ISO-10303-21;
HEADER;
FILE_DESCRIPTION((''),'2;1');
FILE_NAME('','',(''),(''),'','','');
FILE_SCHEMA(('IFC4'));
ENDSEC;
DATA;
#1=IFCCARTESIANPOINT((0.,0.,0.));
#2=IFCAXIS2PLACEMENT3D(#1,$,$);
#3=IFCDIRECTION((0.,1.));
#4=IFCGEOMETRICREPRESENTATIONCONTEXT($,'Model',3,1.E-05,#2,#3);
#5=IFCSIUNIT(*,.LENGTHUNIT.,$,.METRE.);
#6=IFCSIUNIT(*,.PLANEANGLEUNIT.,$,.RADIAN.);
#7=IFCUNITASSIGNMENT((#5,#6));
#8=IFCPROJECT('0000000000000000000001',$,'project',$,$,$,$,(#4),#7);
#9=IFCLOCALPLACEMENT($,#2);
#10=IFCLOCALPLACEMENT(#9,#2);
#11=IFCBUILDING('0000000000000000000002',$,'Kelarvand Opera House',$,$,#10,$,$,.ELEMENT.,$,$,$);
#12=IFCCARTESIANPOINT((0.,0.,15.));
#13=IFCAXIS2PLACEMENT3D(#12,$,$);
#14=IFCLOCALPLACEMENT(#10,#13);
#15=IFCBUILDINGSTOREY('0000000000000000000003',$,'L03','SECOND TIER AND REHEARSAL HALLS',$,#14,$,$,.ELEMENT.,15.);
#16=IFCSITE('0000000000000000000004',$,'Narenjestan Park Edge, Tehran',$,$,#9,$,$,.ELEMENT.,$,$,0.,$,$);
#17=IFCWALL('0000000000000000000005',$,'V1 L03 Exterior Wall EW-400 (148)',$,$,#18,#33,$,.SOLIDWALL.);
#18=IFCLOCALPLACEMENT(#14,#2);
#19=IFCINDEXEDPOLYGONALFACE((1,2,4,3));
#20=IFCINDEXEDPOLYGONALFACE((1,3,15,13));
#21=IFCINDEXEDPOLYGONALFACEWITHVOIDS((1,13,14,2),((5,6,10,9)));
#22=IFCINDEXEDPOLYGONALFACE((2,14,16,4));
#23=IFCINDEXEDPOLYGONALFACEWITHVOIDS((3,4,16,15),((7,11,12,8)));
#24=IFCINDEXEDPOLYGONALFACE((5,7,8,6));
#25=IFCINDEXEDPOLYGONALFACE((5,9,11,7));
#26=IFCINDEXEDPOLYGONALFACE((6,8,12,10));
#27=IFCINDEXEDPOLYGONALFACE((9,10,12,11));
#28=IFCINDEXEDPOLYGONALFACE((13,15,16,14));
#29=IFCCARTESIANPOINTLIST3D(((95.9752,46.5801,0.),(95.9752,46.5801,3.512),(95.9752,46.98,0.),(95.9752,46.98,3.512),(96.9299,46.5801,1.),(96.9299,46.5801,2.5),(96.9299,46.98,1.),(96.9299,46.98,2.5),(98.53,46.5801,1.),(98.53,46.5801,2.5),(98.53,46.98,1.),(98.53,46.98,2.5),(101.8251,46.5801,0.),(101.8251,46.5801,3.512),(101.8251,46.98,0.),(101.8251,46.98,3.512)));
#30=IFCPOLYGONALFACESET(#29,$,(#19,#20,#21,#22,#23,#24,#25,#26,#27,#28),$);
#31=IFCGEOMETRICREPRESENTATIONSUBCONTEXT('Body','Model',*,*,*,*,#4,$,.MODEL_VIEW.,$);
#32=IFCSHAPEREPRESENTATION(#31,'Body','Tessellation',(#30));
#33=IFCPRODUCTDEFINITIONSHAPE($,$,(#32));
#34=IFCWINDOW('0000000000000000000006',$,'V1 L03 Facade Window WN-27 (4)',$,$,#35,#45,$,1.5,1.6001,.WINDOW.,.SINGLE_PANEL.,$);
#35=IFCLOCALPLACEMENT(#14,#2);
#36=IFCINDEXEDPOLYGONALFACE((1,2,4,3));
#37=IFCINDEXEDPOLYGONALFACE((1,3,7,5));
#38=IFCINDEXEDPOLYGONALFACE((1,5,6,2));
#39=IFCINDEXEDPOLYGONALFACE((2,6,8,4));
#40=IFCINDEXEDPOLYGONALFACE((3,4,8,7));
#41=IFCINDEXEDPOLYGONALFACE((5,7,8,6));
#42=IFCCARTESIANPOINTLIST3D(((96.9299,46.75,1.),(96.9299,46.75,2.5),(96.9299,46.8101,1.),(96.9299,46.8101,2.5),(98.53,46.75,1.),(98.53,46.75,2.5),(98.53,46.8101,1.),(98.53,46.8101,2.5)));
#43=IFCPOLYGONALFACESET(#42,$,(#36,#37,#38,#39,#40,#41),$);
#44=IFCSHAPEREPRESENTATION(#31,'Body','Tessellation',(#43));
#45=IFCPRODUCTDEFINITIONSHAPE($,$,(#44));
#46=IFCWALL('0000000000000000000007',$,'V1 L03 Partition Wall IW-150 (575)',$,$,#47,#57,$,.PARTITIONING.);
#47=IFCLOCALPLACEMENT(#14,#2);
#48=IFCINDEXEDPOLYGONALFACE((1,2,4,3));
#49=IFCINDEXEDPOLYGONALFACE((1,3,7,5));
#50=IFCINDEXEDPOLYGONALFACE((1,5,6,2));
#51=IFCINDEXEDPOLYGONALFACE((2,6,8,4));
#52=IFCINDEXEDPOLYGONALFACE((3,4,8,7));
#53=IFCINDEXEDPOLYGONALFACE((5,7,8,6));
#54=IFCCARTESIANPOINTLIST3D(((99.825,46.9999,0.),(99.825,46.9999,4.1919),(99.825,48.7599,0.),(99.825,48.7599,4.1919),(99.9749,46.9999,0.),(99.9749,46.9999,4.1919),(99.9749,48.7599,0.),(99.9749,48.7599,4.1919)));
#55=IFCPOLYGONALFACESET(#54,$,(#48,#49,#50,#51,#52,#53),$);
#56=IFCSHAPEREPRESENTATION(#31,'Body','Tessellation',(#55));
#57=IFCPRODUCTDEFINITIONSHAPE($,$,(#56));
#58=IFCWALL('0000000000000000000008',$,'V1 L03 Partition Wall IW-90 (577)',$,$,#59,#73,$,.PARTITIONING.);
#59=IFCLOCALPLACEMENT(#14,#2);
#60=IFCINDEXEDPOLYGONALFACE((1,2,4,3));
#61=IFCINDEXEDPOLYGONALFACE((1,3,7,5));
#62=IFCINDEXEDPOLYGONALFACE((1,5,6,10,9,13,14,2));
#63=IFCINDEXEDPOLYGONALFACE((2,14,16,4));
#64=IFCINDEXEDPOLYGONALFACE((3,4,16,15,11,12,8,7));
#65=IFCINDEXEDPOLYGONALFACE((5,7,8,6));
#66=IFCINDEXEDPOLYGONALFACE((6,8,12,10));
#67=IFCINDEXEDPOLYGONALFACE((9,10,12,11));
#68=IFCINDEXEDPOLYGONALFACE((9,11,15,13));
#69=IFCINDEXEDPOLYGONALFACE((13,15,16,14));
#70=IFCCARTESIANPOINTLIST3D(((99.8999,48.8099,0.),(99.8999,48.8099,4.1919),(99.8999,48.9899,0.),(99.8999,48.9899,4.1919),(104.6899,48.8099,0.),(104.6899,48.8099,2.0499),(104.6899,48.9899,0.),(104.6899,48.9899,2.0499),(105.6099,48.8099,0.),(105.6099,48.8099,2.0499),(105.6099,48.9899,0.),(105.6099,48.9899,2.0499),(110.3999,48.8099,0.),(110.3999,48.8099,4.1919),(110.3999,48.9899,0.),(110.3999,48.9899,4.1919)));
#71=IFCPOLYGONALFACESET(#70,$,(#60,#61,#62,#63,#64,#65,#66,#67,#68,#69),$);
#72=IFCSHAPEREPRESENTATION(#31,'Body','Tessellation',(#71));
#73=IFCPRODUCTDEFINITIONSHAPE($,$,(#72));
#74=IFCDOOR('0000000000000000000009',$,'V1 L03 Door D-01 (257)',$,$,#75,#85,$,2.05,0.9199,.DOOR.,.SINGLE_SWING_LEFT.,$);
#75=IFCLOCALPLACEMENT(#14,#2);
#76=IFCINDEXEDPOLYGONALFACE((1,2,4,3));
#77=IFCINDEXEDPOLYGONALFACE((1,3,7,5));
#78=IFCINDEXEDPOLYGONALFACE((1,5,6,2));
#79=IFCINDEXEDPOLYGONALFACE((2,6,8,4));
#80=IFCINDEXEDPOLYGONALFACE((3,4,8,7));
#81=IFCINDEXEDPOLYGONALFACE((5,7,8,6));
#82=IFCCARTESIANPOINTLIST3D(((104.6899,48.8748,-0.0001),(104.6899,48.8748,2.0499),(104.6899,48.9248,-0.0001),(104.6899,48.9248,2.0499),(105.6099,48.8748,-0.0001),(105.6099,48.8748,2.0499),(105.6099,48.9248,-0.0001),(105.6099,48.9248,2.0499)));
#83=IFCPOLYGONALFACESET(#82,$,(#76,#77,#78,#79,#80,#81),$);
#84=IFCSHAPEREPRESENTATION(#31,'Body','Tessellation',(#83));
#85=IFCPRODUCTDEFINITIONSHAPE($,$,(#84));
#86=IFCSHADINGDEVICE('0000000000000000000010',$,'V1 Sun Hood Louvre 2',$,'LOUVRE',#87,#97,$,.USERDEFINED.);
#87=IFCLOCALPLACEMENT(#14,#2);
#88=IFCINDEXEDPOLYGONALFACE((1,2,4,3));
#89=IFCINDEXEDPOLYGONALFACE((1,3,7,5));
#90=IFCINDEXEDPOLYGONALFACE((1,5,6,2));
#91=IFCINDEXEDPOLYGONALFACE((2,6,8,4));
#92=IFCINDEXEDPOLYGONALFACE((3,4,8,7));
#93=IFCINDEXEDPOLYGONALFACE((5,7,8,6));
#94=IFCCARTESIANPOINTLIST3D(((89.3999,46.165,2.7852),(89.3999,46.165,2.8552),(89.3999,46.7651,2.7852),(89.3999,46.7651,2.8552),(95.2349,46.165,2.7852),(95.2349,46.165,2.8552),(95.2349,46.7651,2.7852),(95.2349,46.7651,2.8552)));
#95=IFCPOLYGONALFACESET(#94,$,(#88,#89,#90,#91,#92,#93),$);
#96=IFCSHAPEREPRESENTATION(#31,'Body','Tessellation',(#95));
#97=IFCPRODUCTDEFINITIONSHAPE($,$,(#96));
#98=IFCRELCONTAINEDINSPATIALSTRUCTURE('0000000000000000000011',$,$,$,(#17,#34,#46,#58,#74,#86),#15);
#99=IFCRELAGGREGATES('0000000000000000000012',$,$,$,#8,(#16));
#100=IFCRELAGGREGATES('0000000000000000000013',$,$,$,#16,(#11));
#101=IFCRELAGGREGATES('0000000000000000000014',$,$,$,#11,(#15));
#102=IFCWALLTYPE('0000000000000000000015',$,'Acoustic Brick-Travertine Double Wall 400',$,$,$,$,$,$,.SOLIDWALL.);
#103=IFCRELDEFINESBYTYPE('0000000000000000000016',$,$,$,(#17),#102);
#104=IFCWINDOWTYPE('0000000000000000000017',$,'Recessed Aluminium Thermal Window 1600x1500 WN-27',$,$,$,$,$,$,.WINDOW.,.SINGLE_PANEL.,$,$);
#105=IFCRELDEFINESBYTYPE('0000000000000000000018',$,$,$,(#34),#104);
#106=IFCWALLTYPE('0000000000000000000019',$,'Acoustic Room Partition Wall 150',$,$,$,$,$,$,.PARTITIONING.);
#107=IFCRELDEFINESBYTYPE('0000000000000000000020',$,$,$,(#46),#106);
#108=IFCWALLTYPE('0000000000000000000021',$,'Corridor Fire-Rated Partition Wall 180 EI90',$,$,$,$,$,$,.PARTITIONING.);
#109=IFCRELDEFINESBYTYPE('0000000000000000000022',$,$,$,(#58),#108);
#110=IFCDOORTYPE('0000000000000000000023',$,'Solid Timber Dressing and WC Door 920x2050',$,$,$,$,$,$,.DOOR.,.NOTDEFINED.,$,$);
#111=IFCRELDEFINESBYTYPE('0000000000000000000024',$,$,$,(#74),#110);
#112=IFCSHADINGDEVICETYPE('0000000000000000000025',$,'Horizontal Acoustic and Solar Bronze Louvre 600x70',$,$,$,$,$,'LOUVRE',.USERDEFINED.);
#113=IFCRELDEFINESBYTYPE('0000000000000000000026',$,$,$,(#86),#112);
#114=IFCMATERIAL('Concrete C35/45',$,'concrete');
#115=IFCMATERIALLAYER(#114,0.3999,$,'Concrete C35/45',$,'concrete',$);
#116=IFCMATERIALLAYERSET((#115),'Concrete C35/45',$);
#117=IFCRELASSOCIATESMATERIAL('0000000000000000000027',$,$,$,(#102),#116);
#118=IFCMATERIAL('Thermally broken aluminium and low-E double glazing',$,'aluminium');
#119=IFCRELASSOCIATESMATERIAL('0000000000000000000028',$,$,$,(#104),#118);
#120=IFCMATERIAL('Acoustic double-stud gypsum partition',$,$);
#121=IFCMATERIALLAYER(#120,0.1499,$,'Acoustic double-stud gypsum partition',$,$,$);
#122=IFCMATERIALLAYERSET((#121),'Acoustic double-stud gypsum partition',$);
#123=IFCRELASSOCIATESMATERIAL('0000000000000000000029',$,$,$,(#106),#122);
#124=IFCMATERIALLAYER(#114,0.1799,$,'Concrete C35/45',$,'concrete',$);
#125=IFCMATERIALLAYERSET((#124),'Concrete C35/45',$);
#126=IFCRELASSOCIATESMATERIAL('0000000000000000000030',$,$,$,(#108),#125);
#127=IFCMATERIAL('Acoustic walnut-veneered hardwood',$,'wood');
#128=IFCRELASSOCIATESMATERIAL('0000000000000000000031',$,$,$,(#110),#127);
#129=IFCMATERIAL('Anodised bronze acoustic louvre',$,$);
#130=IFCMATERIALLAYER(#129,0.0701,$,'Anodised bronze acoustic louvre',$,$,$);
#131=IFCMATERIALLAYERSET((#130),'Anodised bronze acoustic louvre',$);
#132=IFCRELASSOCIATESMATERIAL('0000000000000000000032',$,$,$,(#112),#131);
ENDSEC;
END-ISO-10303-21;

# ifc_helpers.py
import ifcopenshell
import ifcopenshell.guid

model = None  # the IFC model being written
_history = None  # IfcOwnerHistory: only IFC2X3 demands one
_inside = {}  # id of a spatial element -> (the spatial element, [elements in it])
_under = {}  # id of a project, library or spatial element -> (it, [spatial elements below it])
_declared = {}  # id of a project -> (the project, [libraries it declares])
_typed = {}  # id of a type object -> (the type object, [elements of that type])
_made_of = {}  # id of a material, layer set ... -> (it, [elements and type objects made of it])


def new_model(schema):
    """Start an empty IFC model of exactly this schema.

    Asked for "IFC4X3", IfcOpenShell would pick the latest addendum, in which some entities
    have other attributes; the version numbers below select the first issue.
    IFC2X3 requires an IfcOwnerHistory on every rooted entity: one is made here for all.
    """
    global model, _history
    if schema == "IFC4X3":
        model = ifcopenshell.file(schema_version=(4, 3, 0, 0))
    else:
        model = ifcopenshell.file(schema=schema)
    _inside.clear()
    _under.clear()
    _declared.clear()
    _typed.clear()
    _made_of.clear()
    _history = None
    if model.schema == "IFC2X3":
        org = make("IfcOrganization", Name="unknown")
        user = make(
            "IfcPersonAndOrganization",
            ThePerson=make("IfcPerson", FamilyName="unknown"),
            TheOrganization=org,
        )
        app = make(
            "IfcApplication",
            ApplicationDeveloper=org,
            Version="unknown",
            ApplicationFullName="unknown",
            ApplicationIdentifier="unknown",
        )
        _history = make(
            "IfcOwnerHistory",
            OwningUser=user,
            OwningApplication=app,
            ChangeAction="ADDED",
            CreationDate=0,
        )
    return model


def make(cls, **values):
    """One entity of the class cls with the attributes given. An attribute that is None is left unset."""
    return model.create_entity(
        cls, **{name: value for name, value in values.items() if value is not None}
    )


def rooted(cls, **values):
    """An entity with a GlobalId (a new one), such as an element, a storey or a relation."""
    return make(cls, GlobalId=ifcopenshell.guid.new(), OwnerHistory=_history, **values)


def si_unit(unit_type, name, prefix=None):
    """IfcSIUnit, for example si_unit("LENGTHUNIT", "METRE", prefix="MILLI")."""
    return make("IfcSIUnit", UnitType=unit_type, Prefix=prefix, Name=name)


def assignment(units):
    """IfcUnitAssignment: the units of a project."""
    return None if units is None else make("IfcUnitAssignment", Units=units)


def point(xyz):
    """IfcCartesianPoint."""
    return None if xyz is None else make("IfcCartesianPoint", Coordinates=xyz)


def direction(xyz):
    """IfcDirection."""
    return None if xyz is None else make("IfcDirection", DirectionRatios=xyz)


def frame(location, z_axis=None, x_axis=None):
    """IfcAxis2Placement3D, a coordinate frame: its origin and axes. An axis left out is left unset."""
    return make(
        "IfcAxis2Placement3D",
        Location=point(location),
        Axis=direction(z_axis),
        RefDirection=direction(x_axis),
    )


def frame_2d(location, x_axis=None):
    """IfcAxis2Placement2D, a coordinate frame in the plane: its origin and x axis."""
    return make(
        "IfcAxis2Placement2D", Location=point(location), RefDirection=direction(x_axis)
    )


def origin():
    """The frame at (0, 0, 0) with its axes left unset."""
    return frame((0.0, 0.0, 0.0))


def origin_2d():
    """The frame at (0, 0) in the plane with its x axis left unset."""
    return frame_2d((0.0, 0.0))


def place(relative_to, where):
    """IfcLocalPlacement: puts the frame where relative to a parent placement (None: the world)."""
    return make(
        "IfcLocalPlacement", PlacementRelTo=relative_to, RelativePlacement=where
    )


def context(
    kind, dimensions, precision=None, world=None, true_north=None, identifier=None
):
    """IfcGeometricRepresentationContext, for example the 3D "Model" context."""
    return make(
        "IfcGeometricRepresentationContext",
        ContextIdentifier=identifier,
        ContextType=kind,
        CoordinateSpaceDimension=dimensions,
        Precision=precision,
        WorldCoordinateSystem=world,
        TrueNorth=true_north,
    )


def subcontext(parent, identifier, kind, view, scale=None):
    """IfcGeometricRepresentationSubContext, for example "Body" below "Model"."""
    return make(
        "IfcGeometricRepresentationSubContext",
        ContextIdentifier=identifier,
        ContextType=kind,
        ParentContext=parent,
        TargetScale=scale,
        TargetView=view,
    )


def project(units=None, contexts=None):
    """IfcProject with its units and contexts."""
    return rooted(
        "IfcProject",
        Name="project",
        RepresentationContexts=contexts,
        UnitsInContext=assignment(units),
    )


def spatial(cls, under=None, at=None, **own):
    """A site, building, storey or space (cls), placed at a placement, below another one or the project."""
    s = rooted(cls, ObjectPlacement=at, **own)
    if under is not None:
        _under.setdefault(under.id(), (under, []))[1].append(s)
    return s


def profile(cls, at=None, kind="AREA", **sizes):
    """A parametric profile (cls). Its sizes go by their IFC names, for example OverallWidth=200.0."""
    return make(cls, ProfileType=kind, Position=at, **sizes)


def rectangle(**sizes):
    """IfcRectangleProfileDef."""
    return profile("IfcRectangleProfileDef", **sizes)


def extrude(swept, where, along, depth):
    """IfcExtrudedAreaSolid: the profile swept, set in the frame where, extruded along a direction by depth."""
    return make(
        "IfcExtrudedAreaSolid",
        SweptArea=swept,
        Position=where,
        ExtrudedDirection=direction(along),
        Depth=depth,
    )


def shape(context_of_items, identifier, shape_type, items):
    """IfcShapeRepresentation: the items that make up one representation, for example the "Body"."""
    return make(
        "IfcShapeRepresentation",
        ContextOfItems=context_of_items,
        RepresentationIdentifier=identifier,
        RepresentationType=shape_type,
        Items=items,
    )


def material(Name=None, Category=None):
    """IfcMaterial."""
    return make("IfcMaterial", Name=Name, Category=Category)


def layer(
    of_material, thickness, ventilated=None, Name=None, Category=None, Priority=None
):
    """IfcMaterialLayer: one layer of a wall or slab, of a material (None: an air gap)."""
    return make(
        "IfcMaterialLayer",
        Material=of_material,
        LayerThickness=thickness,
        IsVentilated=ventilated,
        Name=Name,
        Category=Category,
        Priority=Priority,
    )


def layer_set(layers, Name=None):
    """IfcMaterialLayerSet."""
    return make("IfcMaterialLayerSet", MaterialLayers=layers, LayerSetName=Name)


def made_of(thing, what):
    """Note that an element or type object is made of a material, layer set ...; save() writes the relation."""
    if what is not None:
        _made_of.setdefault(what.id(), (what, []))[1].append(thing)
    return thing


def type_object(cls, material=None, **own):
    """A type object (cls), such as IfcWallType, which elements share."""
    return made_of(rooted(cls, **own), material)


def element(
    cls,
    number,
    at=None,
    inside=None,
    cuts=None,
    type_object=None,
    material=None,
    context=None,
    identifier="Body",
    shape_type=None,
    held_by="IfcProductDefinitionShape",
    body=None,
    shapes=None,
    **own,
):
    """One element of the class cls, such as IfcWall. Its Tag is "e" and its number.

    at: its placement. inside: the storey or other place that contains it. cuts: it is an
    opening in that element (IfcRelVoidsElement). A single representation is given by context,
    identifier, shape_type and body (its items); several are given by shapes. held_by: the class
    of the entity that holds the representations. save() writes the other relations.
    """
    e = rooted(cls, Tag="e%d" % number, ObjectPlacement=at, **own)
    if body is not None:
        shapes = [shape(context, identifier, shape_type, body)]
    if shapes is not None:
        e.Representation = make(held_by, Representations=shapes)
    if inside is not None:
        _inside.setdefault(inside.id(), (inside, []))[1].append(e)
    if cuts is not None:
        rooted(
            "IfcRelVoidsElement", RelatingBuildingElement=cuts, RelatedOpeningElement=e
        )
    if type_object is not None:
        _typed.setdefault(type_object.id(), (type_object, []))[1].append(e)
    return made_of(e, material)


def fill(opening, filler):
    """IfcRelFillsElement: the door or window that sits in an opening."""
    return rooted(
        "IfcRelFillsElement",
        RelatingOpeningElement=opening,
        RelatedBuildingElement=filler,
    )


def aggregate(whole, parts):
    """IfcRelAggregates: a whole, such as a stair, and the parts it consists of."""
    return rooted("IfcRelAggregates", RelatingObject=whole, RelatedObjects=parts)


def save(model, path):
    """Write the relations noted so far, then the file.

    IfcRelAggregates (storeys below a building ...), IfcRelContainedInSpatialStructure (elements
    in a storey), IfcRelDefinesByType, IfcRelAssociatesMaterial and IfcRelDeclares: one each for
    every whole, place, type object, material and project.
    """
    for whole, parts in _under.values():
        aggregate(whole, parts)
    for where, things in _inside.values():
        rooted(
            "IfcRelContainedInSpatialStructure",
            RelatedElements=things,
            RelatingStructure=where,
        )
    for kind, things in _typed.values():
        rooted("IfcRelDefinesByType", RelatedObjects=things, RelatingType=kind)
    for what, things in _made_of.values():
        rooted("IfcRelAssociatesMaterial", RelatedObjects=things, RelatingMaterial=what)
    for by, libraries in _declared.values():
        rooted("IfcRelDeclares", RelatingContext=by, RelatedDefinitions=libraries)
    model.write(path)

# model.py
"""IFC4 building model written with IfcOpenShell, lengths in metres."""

from ifc_helpers import new_model, si_unit, direction, frame, frame_2d, origin, origin_2d, place, context, subcontext, project, spatial, rectangle, extrude, material, layer, layer_set, type_object, element, fill, save


model = new_model("IFC4")

# Units and contexts
model_context = context("Model", 3, precision=1e-05, world=origin(), true_north=direction((0.0, 1.0)))
body_context = subcontext(model_context, "Body", "Model", "MODEL_VIEW")
ifc_project = project(units=[si_unit("LENGTHUNIT", "METRE"), si_unit("PLANEANGLEUNIT", "RADIAN")], contexts=[model_context])

# Site, building, storey
site_placement = place(None, origin())
site = spatial("IfcSite", under=ifc_project, at=site_placement, Name="Narenjestan Park Edge, Tehran", CompositionType="ELEMENT", RefElevation=0.0)
building_placement = place(site_placement, origin())
building = spatial("IfcBuilding", under=site, at=building_placement, Name="Kelarvand Opera House", CompositionType="ELEMENT")
storey_placement = place(building_placement, frame((0.0, 0.0, 15.0)))
storey = spatial("IfcBuildingStorey", under=building, at=storey_placement, Name="L03", Description="SECOND TIER AND REHEARSAL HALLS", CompositionType="ELEMENT", Elevation=15.0)

# Wall, opening, window
ifc_material_1 = material(Name="Concrete C35/45", Category="concrete")
ifc_layer_1 = layer(ifc_material_1, 0.3999, Name="Concrete C35/45", Category="concrete")
ifc_layer_set_1 = layer_set([ifc_layer_1], Name="Concrete C35/45")
wall_type_1 = type_object("IfcWallType", Name="Acoustic Brick-Travertine Double Wall 400", PredefinedType="SOLIDWALL", material=ifc_layer_set_1)
wall_1_placement = place(storey_placement, frame((101.825, 46.78, 0.0), z_axis=(0.0, 0.0, 1.0), x_axis=(-1.0, 0.0, 0.0)))
wall_1 = element("IfcWall", 1, at=wall_1_placement, inside=storey, type_object=wall_type_1, Name="V1 L03 Exterior Wall EW-400 (148)", PredefinedType="SOLIDWALL", context=body_context, shape_type="SweptSolid", body=[
    extrude(rectangle(XDim=5.8499, YDim=0.3999, at=frame_2d((2.9248, 0.0))), origin(), (0.0, 0.0, 1.0), 3.512),
])
opening_1_placement = place(wall_1_placement, frame((3.2949, 0.0, 1.0)))
opening_1 = element("IfcOpeningElement", 2, at=opening_1_placement, cuts=wall_1, PredefinedType="OPENING", context=body_context, shape_type="SweptSolid", body=[
    extrude(rectangle(XDim=1.6001, YDim=1.5, at=frame_2d((0.8, 0.75))), frame((0.0, 0.21, 0.0), z_axis=(0.0, -1.0, 0.0), x_axis=(1.0, 0.0, 0.0)), (0.0, 0.0, 1.0), 0.4199),
])
ifc_material_2 = material(Name="Thermally broken aluminium and low-E double glazing", Category="aluminium")
window_type = type_object("IfcWindowType", Name="Recessed Aluminium Thermal Window 1600x1500 WN-27", PartitioningType="SINGLE_PANEL", PredefinedType="WINDOW", material=ifc_material_2)
window_placement = place(opening_1_placement, origin())
window = element("IfcWindow", 3, at=window_placement, inside=storey, type_object=window_type, Name="V1 L03 Facade Window WN-27 (4)", OverallHeight=1.5, OverallWidth=1.6001, PartitioningType="SINGLE_PANEL", PredefinedType="WINDOW", context=body_context, shape_type="SweptSolid", body=[
    extrude(rectangle(XDim=1.6001, YDim=1.5, at=frame_2d((0.8, 0.75))), frame((0.0, 0.03, 0.0), z_axis=(0.0, -1.0, 0.0), x_axis=(1.0, 0.0, 0.0)), (0.0, 0.0, 1.0), 0.0601),
])
fill(opening_1, window)

# Wall
ifc_material_3 = material(Name="Acoustic double-stud gypsum partition")
ifc_layer_2 = layer(ifc_material_3, 0.1499, Name="Acoustic double-stud gypsum partition")
ifc_layer_set_2 = layer_set([ifc_layer_2], Name="Acoustic double-stud gypsum partition")
wall_type_2 = type_object("IfcWallType", Name="Acoustic Room Partition Wall 150", PredefinedType="PARTITIONING", material=ifc_layer_set_2)
wall_2_placement = place(storey_placement, frame((99.8999, 47.0, 0.0), z_axis=(0.0, 0.0, 1.0), x_axis=(0.0, 1.0, 0.0)))
element("IfcWall", 4, at=wall_2_placement, inside=storey, type_object=wall_type_2, Name="V1 L03 Partition Wall IW-150 (575)", PredefinedType="PARTITIONING", context=body_context, shape_type="SweptSolid", body=[
    extrude(rectangle(XDim=1.76, YDim=0.1499, at=frame_2d((0.8799, 0.0))), origin(), (0.0, 0.0, 1.0), 4.1919),
])

# Wall, opening, door
ifc_layer_3 = layer(ifc_material_1, 0.1799, Name="Concrete C35/45", Category="concrete")
ifc_layer_set_3 = layer_set([ifc_layer_3], Name="Concrete C35/45")
wall_type_3 = type_object("IfcWallType", Name="Corridor Fire-Rated Partition Wall 180 EI90", PredefinedType="PARTITIONING", material=ifc_layer_set_3)
wall_3_placement = place(storey_placement, frame((99.8999, 48.8999, 0.0), z_axis=(0.0, 0.0, 1.0), x_axis=(1.0, 0.0, 0.0)))
wall_3 = element("IfcWall", 5, at=wall_3_placement, inside=storey, type_object=wall_type_3, Name="V1 L03 Partition Wall IW-90 (577)", PredefinedType="PARTITIONING", context=body_context, shape_type="SweptSolid", body=[
    extrude(rectangle(XDim=10.5, YDim=0.1799, at=frame_2d((5.25, 0.0))), origin(), (0.0, 0.0, 1.0), 4.1919),
])
opening_2_placement = place(wall_3_placement, frame((4.79, 0.0, 0.0)))
opening_2 = element("IfcOpeningElement", 6, at=opening_2_placement, cuts=wall_3, PredefinedType="OPENING", context=body_context, shape_type="SweptSolid", body=[
    extrude(rectangle(XDim=0.9199, YDim=2.05, at=frame_2d((0.46, 1.0249))), frame((0.0, 0.1001, 0.0), z_axis=(0.0, -1.0, 0.0), x_axis=(1.0, 0.0, 0.0)), (0.0, 0.0, 1.0), 0.2),
])
ifc_material_4 = material(Name="Acoustic walnut-veneered hardwood", Category="wood")
door_type = type_object("IfcDoorType", Name="Solid Timber Dressing and WC Door 920x2050", OperationType="NOTDEFINED", PredefinedType="DOOR", material=ifc_material_4)
door_placement = place(opening_2_placement, origin())
door = element("IfcDoor", 7, at=door_placement, inside=storey, type_object=door_type, Name="V1 L03 Door D-01 (257)", OperationType="SINGLE_SWING_LEFT", OverallHeight=2.05, OverallWidth=0.9199, PredefinedType="DOOR", context=body_context, shape_type="SweptSolid", body=[
    extrude(rectangle(XDim=0.9199, YDim=2.05, at=frame_2d((0.46, 1.0249))), frame((0.0, 0.0249, 0.0), z_axis=(0.0, -1.0, 0.0), x_axis=(1.0, 0.0, 0.0)), (0.0, 0.0, 1.0), 0.05),
])
fill(opening_2, door)

# Shading device
ifc_material_5 = material(Name="Anodised bronze acoustic louvre")
ifc_layer_4 = layer(ifc_material_5, 0.0701, Name="Anodised bronze acoustic louvre")
ifc_layer_set_4 = layer_set([ifc_layer_4], Name="Anodised bronze acoustic louvre")
shading_device_type = type_object("IfcShadingDeviceType", Name="Horizontal Acoustic and Solar Bronze Louvre 600x70", ElementType="LOUVRE", PredefinedType="USERDEFINED", material=ifc_layer_set_4)
shading_device_placement = place(storey_placement, frame((92.3174, 46.4651, 2.7852), z_axis=(0.0, 0.0, 1.0), x_axis=(-1.0, 0.0, 0.0)))
element("IfcShadingDevice", 8, at=shading_device_placement, inside=storey, type_object=shading_device_type, Name="V1 Sun Hood Louvre 2", ObjectType="LOUVRE", PredefinedType="USERDEFINED", context=body_context, shape_type="SweptSolid", body=[
    extrude(rectangle(XDim=5.835, YDim=0.6001, at=origin_2d()), origin(), (0.0, 0.0, 1.0), 0.0701),
])

save(model, "model.ifc")
